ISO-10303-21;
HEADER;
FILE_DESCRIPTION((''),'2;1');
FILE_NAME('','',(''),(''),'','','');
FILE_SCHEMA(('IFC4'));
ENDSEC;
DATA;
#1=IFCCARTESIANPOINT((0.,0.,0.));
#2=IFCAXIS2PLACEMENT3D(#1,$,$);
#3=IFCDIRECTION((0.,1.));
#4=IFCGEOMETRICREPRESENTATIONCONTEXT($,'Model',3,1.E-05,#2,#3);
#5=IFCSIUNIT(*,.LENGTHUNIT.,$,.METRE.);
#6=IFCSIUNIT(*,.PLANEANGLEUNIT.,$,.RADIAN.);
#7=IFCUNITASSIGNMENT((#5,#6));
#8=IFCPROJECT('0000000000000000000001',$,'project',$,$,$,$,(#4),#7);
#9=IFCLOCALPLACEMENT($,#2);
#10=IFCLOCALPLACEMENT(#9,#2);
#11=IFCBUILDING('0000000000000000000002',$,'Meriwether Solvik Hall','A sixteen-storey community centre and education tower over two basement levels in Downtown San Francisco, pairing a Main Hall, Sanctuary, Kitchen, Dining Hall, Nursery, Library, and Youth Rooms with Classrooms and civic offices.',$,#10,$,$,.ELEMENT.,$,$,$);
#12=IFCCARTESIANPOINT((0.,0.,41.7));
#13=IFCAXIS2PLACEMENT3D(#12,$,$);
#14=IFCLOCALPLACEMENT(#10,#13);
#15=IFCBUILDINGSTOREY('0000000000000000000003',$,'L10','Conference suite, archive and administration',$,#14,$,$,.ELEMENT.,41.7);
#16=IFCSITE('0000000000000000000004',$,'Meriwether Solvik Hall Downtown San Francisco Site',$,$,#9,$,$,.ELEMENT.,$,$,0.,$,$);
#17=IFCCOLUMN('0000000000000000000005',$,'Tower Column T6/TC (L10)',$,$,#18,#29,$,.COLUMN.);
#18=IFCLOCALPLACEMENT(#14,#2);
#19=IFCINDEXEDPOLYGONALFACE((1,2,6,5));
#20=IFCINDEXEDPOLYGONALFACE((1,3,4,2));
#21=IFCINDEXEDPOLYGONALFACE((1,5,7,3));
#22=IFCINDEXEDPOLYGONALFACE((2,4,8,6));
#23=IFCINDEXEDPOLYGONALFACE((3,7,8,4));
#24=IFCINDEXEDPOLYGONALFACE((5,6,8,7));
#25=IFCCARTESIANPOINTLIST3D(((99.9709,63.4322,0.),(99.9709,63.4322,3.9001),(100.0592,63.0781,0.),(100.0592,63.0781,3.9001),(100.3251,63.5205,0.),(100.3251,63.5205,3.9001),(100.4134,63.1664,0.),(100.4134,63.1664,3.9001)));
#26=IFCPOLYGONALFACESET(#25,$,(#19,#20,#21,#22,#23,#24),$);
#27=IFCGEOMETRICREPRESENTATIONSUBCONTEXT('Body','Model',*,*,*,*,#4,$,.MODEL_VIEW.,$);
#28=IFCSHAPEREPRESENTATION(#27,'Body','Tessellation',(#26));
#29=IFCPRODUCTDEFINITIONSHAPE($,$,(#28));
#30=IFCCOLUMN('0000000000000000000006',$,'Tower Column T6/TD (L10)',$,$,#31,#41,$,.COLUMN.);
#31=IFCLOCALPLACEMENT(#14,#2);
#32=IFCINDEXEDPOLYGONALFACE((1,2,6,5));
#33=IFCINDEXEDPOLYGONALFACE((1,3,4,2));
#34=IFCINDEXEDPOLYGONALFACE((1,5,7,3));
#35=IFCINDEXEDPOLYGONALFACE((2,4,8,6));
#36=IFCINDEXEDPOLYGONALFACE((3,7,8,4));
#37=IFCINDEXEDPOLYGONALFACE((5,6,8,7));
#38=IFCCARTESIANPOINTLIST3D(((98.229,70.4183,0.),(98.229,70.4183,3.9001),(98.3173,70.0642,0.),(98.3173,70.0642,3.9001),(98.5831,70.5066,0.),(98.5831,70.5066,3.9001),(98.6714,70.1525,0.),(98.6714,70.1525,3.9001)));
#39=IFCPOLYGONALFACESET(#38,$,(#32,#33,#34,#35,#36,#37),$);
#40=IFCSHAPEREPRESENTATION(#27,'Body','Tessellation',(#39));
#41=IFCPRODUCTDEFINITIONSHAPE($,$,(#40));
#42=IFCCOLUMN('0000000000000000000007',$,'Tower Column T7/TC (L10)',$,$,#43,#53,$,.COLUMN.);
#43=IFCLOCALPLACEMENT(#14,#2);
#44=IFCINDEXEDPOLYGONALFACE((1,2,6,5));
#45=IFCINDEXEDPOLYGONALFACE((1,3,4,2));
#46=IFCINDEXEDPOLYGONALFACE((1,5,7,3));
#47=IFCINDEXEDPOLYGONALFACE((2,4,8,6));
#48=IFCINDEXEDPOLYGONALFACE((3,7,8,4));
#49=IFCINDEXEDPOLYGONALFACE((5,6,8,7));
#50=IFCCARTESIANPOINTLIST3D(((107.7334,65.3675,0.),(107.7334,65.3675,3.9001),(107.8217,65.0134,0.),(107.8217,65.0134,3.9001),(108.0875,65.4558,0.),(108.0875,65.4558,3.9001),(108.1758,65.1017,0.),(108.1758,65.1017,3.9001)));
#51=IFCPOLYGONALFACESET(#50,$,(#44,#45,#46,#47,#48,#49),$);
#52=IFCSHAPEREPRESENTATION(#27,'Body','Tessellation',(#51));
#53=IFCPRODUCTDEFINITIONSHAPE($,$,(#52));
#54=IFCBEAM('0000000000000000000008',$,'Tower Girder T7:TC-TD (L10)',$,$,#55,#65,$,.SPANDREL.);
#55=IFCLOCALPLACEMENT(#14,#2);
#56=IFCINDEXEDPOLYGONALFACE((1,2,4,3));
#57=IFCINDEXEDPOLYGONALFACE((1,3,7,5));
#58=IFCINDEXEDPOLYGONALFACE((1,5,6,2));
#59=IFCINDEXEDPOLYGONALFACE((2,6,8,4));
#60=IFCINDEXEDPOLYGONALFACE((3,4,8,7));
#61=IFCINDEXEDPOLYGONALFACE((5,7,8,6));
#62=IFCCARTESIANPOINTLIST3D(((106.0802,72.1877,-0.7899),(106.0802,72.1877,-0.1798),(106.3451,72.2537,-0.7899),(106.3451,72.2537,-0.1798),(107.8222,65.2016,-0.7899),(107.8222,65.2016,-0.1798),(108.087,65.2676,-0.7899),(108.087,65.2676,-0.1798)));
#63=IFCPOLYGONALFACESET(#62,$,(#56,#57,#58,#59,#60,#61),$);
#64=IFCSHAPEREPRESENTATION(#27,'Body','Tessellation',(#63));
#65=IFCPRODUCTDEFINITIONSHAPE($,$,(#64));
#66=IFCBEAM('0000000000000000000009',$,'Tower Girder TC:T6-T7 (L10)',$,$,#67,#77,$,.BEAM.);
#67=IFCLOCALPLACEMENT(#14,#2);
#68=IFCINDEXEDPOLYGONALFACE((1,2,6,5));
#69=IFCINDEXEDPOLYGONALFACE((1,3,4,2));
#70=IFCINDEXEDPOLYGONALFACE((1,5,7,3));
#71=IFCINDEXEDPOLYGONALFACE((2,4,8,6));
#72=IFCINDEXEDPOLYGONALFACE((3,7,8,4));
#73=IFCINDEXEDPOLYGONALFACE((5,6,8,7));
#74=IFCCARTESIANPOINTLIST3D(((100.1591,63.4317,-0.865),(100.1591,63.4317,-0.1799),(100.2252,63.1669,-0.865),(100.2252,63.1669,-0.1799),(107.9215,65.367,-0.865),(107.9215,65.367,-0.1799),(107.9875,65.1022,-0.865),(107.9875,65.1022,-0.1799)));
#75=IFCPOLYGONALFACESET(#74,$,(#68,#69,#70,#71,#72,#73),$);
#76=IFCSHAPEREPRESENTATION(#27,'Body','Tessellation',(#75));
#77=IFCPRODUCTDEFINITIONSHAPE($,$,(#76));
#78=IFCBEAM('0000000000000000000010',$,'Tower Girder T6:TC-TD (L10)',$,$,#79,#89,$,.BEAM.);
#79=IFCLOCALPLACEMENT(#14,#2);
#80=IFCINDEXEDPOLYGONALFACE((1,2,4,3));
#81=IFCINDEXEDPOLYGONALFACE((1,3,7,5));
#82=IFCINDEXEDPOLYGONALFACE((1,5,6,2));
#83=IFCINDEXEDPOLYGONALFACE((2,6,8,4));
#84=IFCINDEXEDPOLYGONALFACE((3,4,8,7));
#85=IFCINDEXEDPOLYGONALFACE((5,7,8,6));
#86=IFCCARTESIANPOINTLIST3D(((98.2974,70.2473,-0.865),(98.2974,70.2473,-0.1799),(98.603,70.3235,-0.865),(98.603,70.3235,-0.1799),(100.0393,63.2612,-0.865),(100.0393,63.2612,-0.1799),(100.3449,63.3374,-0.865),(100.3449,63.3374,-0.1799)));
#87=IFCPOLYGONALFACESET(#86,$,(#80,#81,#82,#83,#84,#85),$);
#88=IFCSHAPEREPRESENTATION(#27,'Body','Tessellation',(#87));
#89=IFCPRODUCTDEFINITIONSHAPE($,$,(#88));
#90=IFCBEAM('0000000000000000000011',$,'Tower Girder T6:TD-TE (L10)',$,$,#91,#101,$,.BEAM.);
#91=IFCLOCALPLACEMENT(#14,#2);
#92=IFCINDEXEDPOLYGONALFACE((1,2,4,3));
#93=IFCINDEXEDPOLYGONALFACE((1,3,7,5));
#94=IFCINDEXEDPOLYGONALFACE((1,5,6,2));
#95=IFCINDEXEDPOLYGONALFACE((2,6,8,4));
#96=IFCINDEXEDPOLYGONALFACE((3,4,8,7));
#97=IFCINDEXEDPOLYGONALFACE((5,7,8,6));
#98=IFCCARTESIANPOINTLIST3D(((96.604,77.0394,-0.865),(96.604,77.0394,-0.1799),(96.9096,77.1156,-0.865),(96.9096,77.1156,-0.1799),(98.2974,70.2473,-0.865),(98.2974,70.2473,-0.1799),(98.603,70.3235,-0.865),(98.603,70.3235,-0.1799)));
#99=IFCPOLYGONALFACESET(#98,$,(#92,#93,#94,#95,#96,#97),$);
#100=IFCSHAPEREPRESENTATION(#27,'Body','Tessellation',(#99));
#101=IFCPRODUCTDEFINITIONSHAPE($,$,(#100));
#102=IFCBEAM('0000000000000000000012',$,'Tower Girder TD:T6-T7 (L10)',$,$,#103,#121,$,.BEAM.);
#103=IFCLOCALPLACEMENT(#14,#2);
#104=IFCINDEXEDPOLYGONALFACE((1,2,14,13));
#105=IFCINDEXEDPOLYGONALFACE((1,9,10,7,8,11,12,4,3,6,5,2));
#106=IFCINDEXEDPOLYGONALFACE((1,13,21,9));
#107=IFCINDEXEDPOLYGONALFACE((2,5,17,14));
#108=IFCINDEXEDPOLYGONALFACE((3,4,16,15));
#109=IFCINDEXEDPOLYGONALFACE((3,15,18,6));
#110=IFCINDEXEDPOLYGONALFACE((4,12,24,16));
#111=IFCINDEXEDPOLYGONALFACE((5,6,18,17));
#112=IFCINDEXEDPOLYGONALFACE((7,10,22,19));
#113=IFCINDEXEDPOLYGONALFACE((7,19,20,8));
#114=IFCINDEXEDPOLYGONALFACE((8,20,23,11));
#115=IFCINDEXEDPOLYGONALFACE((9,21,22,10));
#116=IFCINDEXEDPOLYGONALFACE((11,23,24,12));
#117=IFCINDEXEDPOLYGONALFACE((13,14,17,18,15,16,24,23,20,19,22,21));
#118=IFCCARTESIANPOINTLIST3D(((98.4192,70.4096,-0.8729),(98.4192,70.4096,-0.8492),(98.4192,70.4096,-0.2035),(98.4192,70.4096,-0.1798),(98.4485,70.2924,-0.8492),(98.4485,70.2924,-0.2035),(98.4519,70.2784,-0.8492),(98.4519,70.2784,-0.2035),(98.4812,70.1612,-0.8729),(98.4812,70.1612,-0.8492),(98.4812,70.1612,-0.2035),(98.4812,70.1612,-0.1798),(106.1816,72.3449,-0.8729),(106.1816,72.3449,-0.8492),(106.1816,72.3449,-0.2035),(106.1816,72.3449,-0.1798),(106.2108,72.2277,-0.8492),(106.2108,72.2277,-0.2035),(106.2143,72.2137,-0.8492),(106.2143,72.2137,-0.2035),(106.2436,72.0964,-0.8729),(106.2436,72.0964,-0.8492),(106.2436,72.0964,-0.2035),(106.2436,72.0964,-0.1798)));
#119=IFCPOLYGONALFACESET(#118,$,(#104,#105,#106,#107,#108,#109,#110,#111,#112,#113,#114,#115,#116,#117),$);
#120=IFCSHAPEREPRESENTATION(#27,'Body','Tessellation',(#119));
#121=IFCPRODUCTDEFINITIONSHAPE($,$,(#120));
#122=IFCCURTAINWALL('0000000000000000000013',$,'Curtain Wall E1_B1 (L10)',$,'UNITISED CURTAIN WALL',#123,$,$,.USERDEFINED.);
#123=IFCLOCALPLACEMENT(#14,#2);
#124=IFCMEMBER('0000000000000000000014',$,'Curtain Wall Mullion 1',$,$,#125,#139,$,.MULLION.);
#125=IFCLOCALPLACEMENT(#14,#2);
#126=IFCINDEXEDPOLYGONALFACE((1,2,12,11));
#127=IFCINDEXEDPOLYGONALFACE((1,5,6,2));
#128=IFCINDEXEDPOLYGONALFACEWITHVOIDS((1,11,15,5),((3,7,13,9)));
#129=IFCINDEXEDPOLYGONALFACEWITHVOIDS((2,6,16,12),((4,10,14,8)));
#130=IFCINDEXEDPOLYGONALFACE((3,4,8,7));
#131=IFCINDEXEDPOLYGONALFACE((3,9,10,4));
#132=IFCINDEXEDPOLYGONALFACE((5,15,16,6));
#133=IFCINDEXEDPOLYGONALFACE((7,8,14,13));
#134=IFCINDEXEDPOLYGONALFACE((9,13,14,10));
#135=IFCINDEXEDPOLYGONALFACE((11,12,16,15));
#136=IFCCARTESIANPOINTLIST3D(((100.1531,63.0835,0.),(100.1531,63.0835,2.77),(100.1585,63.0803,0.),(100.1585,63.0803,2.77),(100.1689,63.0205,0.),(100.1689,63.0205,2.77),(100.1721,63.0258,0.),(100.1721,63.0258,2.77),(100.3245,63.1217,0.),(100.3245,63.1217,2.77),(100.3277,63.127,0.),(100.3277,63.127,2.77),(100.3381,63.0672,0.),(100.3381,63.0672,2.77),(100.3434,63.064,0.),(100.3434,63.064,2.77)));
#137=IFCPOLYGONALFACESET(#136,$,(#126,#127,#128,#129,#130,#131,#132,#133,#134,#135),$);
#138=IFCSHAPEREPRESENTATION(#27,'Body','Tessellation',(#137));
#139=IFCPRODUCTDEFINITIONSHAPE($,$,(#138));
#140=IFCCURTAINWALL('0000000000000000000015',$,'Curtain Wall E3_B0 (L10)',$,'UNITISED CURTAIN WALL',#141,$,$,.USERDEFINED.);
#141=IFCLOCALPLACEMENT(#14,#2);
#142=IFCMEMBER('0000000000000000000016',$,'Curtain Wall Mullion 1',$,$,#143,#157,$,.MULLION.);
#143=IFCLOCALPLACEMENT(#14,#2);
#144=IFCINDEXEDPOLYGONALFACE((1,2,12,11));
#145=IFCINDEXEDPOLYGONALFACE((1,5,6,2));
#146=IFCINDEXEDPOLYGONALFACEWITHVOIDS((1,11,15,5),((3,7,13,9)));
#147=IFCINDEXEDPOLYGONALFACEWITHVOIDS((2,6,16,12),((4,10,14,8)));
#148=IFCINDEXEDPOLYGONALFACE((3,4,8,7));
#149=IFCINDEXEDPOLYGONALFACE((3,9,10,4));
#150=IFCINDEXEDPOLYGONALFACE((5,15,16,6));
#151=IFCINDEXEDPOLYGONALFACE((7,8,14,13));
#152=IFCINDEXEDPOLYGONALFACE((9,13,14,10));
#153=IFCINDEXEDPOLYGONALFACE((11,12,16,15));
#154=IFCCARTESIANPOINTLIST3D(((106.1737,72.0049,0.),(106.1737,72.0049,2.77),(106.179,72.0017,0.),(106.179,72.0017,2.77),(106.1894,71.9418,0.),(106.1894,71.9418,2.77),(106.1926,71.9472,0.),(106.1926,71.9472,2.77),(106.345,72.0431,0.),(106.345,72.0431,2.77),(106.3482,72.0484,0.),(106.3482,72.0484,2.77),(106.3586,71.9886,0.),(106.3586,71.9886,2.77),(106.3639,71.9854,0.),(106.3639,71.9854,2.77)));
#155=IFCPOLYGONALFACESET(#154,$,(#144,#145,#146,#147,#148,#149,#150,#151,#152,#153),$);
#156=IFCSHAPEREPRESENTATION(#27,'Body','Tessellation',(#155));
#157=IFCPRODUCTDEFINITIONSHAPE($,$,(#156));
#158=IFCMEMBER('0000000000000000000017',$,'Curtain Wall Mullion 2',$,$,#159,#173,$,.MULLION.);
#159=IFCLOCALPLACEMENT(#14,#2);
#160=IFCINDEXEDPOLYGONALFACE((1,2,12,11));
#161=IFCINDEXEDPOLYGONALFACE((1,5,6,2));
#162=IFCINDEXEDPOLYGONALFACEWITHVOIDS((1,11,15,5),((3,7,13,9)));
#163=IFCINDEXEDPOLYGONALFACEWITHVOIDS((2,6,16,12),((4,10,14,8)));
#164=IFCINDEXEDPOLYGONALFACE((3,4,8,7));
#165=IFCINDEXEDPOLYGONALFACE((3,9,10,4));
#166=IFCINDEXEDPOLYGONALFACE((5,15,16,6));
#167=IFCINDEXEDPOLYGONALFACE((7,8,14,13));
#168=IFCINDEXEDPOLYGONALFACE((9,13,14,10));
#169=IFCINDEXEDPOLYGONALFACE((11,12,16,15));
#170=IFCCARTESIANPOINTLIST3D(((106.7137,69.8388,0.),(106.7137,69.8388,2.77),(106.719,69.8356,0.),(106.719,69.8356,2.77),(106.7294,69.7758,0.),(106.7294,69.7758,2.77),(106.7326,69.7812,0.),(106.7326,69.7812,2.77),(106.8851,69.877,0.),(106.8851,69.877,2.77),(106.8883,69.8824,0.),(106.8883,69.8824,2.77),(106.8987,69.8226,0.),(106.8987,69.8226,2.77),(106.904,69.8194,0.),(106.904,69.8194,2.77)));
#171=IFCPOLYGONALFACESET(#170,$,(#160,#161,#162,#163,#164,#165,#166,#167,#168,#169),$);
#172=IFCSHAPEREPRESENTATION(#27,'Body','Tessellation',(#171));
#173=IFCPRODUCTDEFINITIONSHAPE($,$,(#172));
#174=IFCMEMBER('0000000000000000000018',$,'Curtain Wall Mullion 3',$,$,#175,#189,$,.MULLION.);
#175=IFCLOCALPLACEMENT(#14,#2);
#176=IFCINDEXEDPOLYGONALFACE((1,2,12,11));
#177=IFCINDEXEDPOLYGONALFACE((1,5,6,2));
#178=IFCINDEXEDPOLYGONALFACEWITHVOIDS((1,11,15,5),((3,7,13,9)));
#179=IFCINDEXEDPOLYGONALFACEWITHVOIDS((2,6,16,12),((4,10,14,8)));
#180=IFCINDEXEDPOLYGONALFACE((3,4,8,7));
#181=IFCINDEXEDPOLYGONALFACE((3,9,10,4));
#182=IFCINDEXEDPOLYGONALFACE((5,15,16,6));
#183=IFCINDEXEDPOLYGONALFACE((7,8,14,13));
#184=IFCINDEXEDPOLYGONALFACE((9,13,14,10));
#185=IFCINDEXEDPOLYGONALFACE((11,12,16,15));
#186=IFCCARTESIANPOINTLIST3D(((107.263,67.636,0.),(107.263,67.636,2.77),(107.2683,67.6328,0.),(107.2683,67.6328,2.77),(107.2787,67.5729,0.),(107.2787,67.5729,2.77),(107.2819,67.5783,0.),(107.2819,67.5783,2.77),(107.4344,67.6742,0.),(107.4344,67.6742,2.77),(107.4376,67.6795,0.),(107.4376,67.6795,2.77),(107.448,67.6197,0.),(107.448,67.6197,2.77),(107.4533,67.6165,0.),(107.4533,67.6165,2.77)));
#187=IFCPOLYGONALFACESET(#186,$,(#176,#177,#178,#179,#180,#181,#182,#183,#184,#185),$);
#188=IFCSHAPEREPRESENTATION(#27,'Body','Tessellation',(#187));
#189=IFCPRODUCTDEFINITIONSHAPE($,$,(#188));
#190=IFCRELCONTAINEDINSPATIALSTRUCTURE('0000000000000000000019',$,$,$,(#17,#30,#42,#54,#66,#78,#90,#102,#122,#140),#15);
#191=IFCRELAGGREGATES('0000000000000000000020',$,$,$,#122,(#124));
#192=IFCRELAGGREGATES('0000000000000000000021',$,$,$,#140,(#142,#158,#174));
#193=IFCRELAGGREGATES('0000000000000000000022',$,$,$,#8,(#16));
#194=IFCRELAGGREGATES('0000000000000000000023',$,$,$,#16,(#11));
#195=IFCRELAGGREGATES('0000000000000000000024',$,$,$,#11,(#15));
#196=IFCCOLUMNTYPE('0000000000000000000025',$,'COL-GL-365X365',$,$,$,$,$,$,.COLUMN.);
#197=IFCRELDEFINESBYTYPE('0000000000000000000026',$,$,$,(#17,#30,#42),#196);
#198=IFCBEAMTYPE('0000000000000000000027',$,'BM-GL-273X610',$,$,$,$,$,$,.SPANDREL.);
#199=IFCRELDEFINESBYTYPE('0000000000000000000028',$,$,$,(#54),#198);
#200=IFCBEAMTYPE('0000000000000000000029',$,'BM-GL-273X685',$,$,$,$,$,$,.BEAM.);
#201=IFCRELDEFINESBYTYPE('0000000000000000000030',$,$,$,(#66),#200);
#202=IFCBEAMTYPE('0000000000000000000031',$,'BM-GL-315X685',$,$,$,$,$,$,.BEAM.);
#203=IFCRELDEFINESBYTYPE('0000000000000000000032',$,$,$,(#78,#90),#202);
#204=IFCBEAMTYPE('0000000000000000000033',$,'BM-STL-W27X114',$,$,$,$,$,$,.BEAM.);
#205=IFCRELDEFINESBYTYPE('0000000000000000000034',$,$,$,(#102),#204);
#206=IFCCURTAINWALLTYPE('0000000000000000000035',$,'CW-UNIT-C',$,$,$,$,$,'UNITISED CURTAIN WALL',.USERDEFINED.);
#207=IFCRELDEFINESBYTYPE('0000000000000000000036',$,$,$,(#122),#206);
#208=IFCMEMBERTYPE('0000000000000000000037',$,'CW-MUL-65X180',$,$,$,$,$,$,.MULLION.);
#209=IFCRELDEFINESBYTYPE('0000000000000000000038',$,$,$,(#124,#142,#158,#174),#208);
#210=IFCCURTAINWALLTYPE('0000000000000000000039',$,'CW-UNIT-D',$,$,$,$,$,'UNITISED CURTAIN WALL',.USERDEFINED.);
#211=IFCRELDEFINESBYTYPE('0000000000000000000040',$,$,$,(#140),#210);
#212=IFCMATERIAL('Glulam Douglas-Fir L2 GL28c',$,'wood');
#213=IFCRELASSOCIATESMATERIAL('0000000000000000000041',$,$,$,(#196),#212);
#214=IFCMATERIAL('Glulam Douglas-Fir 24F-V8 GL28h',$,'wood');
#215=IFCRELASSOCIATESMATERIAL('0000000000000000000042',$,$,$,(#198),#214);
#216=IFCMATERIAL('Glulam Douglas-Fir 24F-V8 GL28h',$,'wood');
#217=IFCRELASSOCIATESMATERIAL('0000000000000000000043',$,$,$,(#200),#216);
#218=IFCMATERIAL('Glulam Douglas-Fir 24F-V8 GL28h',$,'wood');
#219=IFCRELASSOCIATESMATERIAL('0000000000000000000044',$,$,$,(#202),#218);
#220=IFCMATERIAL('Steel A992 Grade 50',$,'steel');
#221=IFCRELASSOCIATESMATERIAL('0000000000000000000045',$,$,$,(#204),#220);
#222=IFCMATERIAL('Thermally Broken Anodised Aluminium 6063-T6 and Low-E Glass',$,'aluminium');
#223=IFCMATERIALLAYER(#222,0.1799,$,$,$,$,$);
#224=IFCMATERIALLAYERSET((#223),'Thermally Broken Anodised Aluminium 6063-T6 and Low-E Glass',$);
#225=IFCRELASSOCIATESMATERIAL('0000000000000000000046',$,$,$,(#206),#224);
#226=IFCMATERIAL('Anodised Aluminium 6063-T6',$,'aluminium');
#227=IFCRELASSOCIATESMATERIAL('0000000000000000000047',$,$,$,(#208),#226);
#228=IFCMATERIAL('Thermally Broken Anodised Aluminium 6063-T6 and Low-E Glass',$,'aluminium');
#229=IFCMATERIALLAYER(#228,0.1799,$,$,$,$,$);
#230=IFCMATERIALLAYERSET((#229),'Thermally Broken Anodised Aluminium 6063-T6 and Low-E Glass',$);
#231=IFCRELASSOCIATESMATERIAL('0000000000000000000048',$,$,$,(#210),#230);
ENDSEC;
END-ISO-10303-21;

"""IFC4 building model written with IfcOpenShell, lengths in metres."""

from ifc_helpers import new_model, si_unit, direction, frame, origin, origin_2d, place, context, subcontext, project, spatial, rectangle, hollow_rectangle, i_section, extrude, material, layer, layer_set, material_profile, profile_set, type_object, element, aggregate, save


model = new_model("IFC4")

# Units and contexts
model_context = context("Model", 3, precision=1e-05, world=origin(), true_north=direction((0.0, 1.0)))
body_context = subcontext(model_context, "Body", "Model", "MODEL_VIEW")
ifc_project = project(units=[si_unit("LENGTHUNIT", "METRE"), si_unit("PLANEANGLEUNIT", "RADIAN")], contexts=[model_context])

# Site, building, storey
site_placement = place(None, origin())
site = spatial("IfcSite", under=ifc_project, at=site_placement, Name="Meriwether Solvik Hall Downtown San Francisco Site", CompositionType="ELEMENT", RefElevation=0.0)
building_placement = place(site_placement, origin())
building = spatial("IfcBuilding", under=site, at=building_placement, Name="Meriwether Solvik Hall", Description="A sixteen-storey community centre and education tower over two basement levels in Downtown San Francisco, pairing a Main Hall, Sanctuary, Kitchen, Dining Hall, Nursery, Library, and Youth Rooms with Classrooms and civic offices.", CompositionType="ELEMENT")
storey_placement = place(building_placement, frame((0.0, 0.0, 41.7)))
storey = spatial("IfcBuildingStorey", under=building, at=storey_placement, Name="L10", Description="Conference suite, archive and administration", CompositionType="ELEMENT", Elevation=41.7)

# Columns
ifc_material_1 = material(Name="Glulam Douglas-Fir L2 GL28c", Category="wood")
ifc_material_profile_1 = material_profile(ifc_material_1, rectangle(XDim=0.365, YDim=0.365, at=origin_2d()), Name="GLC-365X365")
ifc_profile_set_1 = profile_set([ifc_material_profile_1], Name="Glulam Douglas-Fir L2 GL28c")
column_type = type_object("IfcColumnType", Name="COL-GL-365X365", PredefinedType="COLUMN", material=ifc_profile_set_1)
for number, where, z_axis, x_axis, name in (
    (1, (100.1921, 63.2993, 0.0), (0.0, 0.0, 1.0), (0.970296, 0.241922, 0.0), "Tower Column T6/TC (L10)"),
    (2, (98.4502, 70.2854, 0.0), (0.0, 0.0, 1.0), (0.970296, 0.241922, 0.0), "Tower Column T6/TD (L10)"),
    (3, (107.9546, 65.2346, 0.0), (0.0, 0.0, 1.0), (0.970296, 0.241922, 0.0), "Tower Column T7/TC (L10)"),
):
    element("IfcColumn", number, at=place(storey_placement, frame(where, z_axis=z_axis, x_axis=x_axis)), inside=storey, type_object=column_type, Name=name, PredefinedType="COLUMN", context=body_context, shape_type="SweptSolid", body=[
        extrude(rectangle(XDim=0.365, YDim=0.365, at=origin_2d()), origin(), (0.0, 0.0, 1.0), 3.9001),
    ])

# Beams
ifc_material_2 = material(Name="Glulam Douglas-Fir 24F-V8 GL28h", Category="wood")
ifc_material_profile_2 = material_profile(ifc_material_2, rectangle(XDim=0.2729, YDim=0.6101, at=origin_2d()), Name="GLB-273X610")
ifc_profile_set_2 = profile_set([ifc_material_profile_2], Name="Glulam Douglas-Fir 24F-V8 GL28h")
beam_type_1 = type_object("IfcBeamType", Name="BM-GL-273X610", PredefinedType="SPANDREL", material=ifc_profile_set_2)
beam_1_placement = place(storey_placement, frame((107.9546, 65.2346, -0.4849), z_axis=(-0.241937, 0.970292, 0.0), x_axis=(-0.970292, -0.241937, 0.0)))
element("IfcBeam", 4, at=beam_1_placement, inside=storey, type_object=beam_type_1, Name="Tower Girder T7:TC-TD (L10)", PredefinedType="SPANDREL", context=body_context, shape_type="SweptSolid", body=[
    extrude(rectangle(XDim=0.2729, YDim=0.6101, at=origin_2d()), origin(), (0.0, 0.0, 1.0), 7.2),
])
ifc_material_3 = material(Name="Glulam Douglas-Fir 24F-V8 GL28h", Category="wood")
ifc_material_profile_3 = material_profile(ifc_material_3, rectangle(XDim=0.2729, YDim=0.6851, at=origin_2d()), Name="GLB-273X685")
ifc_profile_set_3 = profile_set([ifc_material_profile_3], Name="Glulam Douglas-Fir 24F-V8 GL28h")
beam_type_2 = type_object("IfcBeamType", Name="BM-GL-273X685", PredefinedType="BEAM", material=ifc_profile_set_3)
beam_2_placement = place(storey_placement, frame((100.1921, 63.2993, -0.5225), z_axis=(0.970298, 0.241911, 0.0), x_axis=(-0.241911, 0.970298, 0.0)))
element("IfcBeam", 5, at=beam_2_placement, inside=storey, type_object=beam_type_2, Name="Tower Girder TC:T6-T7 (L10)", PredefinedType="BEAM", context=body_context, shape_type="SweptSolid", body=[
    extrude(rectangle(XDim=0.2729, YDim=0.6851, at=origin_2d()), origin(), (0.0, 0.0, 1.0), 8.0),
])
ifc_material_4 = material(Name="Glulam Douglas-Fir 24F-V8 GL28h", Category="wood")
ifc_material_profile_4 = material_profile(ifc_material_4, rectangle(XDim=0.3149, YDim=0.6851, at=origin_2d()), Name="GLB-315X685")
ifc_profile_set_4 = profile_set([ifc_material_profile_4], Name="Glulam Douglas-Fir 24F-V8 GL28h")
beam_type_3 = type_object("IfcBeamType", Name="BM-GL-315X685", PredefinedType="BEAM", material=ifc_profile_set_4)
beam_3_placement = place(storey_placement, frame((100.1921, 63.2993, -0.5225), z_axis=(-0.241937, 0.970292, 0.0), x_axis=(-0.970292, -0.241937, 0.0)))
element("IfcBeam", 6, at=beam_3_placement, inside=storey, type_object=beam_type_3, Name="Tower Girder T6:TC-TD (L10)", PredefinedType="BEAM", context=body_context, shape_type="SweptSolid", body=[
    extrude(rectangle(XDim=0.3149, YDim=0.6851, at=origin_2d()), origin(), (0.0, 0.0, 1.0), 7.2),
])
beam_4_placement = place(storey_placement, frame((98.4502, 70.2854, -0.5225), z_axis=(-0.241912, 0.970298, 0.0), x_axis=(-0.970298, -0.241912, 0.0)))
element("IfcBeam", 7, at=beam_4_placement, inside=storey, type_object=beam_type_3, Name="Tower Girder T6:TD-TE (L10)", PredefinedType="BEAM", context=body_context, shape_type="SweptSolid", body=[
    extrude(rectangle(XDim=0.3149, YDim=0.6851, at=origin_2d()), origin(), (0.0, 0.0, 1.0), 7.0),
])
ifc_material_5 = material(Name="Steel A992 Grade 50", Category="steel")
ifc_material_profile_5 = material_profile(ifc_material_5, i_section(OverallWidth=0.2561, OverallDepth=0.6931, WebThickness=0.0144, FlangeThickness=0.0237, at=origin_2d()), Name="W27X114")
ifc_profile_set_5 = profile_set([ifc_material_profile_5], Name="Steel A992 Grade 50")
beam_type_4 = type_object("IfcBeamType", Name="BM-STL-W27X114", PredefinedType="BEAM", material=ifc_profile_set_5)
beam_5_placement = place(storey_placement, frame((98.4502, 70.2854, -0.5264), z_axis=(0.970298, 0.241911, 0.0), x_axis=(-0.241911, 0.970298, 0.0)))
element("IfcBeam", 8, at=beam_5_placement, inside=storey, type_object=beam_type_4, Name="Tower Girder TD:T6-T7 (L10)", PredefinedType="BEAM", context=body_context, shape_type="SweptSolid", body=[
    extrude(i_section(OverallWidth=0.2561, OverallDepth=0.6931, WebThickness=0.0144, FlangeThickness=0.0237, at=origin_2d()), origin(), (0.0, 0.0, 1.0), 8.0),
])

# Curtain wall, member
ifc_material_6 = material(Name="Thermally Broken Anodised Aluminium 6063-T6 and Low-E Glass", Category="aluminium")
ifc_layer_1 = layer(ifc_material_6, 0.1799)
ifc_layer_set_1 = layer_set([ifc_layer_1], Name="Thermally Broken Anodised Aluminium 6063-T6 and Low-E Glass")
curtain_wall_type_1 = type_object("IfcCurtainWallType", Name="CW-UNIT-C", ElementType="UNITISED CURTAIN WALL", PredefinedType="USERDEFINED", material=ifc_layer_set_1)
curtain_wall_1_placement = place(storey_placement, origin())
curtain_wall_1 = element("IfcCurtainWall", 9, at=curtain_wall_1_placement, inside=storey, type_object=curtain_wall_type_1, Name="Curtain Wall E1_B1 (L10)", ObjectType="UNITISED CURTAIN WALL", PredefinedType="USERDEFINED")
ifc_material_7 = material(Name="Anodised Aluminium 6063-T6", Category="aluminium")
ifc_material_profile_6 = material_profile(ifc_material_7, hollow_rectangle(XDim=0.0649, YDim=0.1799, WallThickness=0.0044, at=origin_2d()), Name="CWM-65X180")
ifc_profile_set_6 = profile_set([ifc_material_profile_6], Name="Anodised Aluminium 6063-T6")
member_type_1 = type_object("IfcMemberType", Name="CW-MUL-65X180", PredefinedType="MULLION", material=ifc_profile_set_6)
member_1_placement = place(storey_placement, frame((100.2483, 63.0737, 0.0), z_axis=(0.0, 0.0, 1.0), x_axis=(0.241922, -0.970296, 0.0)))
member_1 = element("IfcMember", 10, at=member_1_placement, type_object=member_type_1, Name="Curtain Wall Mullion 1", PredefinedType="MULLION", context=body_context, shape_type="SweptSolid", body=[
    extrude(hollow_rectangle(XDim=0.0649, YDim=0.1799, WallThickness=0.0044, at=origin_2d()), origin(), (0.0, 0.0, 1.0), 2.77),
])

# Curtain wall, members
ifc_material_8 = material(Name="Thermally Broken Anodised Aluminium 6063-T6 and Low-E Glass", Category="aluminium")
ifc_layer_2 = layer(ifc_material_8, 0.1799)
ifc_layer_set_2 = layer_set([ifc_layer_2], Name="Thermally Broken Anodised Aluminium 6063-T6 and Low-E Glass")
curtain_wall_type_2 = type_object("IfcCurtainWallType", Name="CW-UNIT-D", ElementType="UNITISED CURTAIN WALL", PredefinedType="USERDEFINED", material=ifc_layer_set_2)
curtain_wall_2_placement = place(storey_placement, origin())
curtain_wall_2 = element("IfcCurtainWall", 11, at=curtain_wall_2_placement, inside=storey, type_object=curtain_wall_type_2, Name="Curtain Wall E3_B0 (L10)", ObjectType="UNITISED CURTAIN WALL", PredefinedType="USERDEFINED")
member_2_placement = place(storey_placement, frame((106.2688, 71.9951, 0.0), z_axis=(0.0, 0.0, 1.0), x_axis=(0.241922, -0.970296, 0.0)))
member_2 = element("IfcMember", 12, at=member_2_placement, type_object=member_type_1, Name="Curtain Wall Mullion 1", PredefinedType="MULLION", context=body_context, shape_type="SweptSolid", body=[
    extrude(hollow_rectangle(XDim=0.0649, YDim=0.1799, WallThickness=0.0044, at=origin_2d()), origin(), (0.0, 0.0, 1.0), 2.77),
])
member_3_placement = place(storey_placement, frame((106.8088, 69.8291, 0.0), z_axis=(0.0, 0.0, 1.0), x_axis=(0.241922, -0.970296, 0.0)))
member_3 = element("IfcMember", 13, at=member_3_placement, type_object=member_type_1, Name="Curtain Wall Mullion 2", PredefinedType="MULLION", context=body_context, shape_type="SweptSolid", body=[
    extrude(hollow_rectangle(XDim=0.0649, YDim=0.1799, WallThickness=0.0044, at=origin_2d()), origin(), (0.0, 0.0, 1.0), 2.77),
])
member_4_placement = place(storey_placement, frame((107.3582, 67.6262, 0.0), z_axis=(0.0, 0.0, 1.0), x_axis=(0.241922, -0.970296, 0.0)))
member_4 = element("IfcMember", 14, at=member_4_placement, type_object=member_type_1, Name="Curtain Wall Mullion 3", PredefinedType="MULLION", context=body_context, shape_type="SweptSolid", body=[
    extrude(hollow_rectangle(XDim=0.0649, YDim=0.1799, WallThickness=0.0044, at=origin_2d()), origin(), (0.0, 0.0, 1.0), 2.77),
])

aggregate(curtain_wall_1, [member_1])

aggregate(curtain_wall_2, [member_2, member_3, member_4])

save(model, "model.ifc")
